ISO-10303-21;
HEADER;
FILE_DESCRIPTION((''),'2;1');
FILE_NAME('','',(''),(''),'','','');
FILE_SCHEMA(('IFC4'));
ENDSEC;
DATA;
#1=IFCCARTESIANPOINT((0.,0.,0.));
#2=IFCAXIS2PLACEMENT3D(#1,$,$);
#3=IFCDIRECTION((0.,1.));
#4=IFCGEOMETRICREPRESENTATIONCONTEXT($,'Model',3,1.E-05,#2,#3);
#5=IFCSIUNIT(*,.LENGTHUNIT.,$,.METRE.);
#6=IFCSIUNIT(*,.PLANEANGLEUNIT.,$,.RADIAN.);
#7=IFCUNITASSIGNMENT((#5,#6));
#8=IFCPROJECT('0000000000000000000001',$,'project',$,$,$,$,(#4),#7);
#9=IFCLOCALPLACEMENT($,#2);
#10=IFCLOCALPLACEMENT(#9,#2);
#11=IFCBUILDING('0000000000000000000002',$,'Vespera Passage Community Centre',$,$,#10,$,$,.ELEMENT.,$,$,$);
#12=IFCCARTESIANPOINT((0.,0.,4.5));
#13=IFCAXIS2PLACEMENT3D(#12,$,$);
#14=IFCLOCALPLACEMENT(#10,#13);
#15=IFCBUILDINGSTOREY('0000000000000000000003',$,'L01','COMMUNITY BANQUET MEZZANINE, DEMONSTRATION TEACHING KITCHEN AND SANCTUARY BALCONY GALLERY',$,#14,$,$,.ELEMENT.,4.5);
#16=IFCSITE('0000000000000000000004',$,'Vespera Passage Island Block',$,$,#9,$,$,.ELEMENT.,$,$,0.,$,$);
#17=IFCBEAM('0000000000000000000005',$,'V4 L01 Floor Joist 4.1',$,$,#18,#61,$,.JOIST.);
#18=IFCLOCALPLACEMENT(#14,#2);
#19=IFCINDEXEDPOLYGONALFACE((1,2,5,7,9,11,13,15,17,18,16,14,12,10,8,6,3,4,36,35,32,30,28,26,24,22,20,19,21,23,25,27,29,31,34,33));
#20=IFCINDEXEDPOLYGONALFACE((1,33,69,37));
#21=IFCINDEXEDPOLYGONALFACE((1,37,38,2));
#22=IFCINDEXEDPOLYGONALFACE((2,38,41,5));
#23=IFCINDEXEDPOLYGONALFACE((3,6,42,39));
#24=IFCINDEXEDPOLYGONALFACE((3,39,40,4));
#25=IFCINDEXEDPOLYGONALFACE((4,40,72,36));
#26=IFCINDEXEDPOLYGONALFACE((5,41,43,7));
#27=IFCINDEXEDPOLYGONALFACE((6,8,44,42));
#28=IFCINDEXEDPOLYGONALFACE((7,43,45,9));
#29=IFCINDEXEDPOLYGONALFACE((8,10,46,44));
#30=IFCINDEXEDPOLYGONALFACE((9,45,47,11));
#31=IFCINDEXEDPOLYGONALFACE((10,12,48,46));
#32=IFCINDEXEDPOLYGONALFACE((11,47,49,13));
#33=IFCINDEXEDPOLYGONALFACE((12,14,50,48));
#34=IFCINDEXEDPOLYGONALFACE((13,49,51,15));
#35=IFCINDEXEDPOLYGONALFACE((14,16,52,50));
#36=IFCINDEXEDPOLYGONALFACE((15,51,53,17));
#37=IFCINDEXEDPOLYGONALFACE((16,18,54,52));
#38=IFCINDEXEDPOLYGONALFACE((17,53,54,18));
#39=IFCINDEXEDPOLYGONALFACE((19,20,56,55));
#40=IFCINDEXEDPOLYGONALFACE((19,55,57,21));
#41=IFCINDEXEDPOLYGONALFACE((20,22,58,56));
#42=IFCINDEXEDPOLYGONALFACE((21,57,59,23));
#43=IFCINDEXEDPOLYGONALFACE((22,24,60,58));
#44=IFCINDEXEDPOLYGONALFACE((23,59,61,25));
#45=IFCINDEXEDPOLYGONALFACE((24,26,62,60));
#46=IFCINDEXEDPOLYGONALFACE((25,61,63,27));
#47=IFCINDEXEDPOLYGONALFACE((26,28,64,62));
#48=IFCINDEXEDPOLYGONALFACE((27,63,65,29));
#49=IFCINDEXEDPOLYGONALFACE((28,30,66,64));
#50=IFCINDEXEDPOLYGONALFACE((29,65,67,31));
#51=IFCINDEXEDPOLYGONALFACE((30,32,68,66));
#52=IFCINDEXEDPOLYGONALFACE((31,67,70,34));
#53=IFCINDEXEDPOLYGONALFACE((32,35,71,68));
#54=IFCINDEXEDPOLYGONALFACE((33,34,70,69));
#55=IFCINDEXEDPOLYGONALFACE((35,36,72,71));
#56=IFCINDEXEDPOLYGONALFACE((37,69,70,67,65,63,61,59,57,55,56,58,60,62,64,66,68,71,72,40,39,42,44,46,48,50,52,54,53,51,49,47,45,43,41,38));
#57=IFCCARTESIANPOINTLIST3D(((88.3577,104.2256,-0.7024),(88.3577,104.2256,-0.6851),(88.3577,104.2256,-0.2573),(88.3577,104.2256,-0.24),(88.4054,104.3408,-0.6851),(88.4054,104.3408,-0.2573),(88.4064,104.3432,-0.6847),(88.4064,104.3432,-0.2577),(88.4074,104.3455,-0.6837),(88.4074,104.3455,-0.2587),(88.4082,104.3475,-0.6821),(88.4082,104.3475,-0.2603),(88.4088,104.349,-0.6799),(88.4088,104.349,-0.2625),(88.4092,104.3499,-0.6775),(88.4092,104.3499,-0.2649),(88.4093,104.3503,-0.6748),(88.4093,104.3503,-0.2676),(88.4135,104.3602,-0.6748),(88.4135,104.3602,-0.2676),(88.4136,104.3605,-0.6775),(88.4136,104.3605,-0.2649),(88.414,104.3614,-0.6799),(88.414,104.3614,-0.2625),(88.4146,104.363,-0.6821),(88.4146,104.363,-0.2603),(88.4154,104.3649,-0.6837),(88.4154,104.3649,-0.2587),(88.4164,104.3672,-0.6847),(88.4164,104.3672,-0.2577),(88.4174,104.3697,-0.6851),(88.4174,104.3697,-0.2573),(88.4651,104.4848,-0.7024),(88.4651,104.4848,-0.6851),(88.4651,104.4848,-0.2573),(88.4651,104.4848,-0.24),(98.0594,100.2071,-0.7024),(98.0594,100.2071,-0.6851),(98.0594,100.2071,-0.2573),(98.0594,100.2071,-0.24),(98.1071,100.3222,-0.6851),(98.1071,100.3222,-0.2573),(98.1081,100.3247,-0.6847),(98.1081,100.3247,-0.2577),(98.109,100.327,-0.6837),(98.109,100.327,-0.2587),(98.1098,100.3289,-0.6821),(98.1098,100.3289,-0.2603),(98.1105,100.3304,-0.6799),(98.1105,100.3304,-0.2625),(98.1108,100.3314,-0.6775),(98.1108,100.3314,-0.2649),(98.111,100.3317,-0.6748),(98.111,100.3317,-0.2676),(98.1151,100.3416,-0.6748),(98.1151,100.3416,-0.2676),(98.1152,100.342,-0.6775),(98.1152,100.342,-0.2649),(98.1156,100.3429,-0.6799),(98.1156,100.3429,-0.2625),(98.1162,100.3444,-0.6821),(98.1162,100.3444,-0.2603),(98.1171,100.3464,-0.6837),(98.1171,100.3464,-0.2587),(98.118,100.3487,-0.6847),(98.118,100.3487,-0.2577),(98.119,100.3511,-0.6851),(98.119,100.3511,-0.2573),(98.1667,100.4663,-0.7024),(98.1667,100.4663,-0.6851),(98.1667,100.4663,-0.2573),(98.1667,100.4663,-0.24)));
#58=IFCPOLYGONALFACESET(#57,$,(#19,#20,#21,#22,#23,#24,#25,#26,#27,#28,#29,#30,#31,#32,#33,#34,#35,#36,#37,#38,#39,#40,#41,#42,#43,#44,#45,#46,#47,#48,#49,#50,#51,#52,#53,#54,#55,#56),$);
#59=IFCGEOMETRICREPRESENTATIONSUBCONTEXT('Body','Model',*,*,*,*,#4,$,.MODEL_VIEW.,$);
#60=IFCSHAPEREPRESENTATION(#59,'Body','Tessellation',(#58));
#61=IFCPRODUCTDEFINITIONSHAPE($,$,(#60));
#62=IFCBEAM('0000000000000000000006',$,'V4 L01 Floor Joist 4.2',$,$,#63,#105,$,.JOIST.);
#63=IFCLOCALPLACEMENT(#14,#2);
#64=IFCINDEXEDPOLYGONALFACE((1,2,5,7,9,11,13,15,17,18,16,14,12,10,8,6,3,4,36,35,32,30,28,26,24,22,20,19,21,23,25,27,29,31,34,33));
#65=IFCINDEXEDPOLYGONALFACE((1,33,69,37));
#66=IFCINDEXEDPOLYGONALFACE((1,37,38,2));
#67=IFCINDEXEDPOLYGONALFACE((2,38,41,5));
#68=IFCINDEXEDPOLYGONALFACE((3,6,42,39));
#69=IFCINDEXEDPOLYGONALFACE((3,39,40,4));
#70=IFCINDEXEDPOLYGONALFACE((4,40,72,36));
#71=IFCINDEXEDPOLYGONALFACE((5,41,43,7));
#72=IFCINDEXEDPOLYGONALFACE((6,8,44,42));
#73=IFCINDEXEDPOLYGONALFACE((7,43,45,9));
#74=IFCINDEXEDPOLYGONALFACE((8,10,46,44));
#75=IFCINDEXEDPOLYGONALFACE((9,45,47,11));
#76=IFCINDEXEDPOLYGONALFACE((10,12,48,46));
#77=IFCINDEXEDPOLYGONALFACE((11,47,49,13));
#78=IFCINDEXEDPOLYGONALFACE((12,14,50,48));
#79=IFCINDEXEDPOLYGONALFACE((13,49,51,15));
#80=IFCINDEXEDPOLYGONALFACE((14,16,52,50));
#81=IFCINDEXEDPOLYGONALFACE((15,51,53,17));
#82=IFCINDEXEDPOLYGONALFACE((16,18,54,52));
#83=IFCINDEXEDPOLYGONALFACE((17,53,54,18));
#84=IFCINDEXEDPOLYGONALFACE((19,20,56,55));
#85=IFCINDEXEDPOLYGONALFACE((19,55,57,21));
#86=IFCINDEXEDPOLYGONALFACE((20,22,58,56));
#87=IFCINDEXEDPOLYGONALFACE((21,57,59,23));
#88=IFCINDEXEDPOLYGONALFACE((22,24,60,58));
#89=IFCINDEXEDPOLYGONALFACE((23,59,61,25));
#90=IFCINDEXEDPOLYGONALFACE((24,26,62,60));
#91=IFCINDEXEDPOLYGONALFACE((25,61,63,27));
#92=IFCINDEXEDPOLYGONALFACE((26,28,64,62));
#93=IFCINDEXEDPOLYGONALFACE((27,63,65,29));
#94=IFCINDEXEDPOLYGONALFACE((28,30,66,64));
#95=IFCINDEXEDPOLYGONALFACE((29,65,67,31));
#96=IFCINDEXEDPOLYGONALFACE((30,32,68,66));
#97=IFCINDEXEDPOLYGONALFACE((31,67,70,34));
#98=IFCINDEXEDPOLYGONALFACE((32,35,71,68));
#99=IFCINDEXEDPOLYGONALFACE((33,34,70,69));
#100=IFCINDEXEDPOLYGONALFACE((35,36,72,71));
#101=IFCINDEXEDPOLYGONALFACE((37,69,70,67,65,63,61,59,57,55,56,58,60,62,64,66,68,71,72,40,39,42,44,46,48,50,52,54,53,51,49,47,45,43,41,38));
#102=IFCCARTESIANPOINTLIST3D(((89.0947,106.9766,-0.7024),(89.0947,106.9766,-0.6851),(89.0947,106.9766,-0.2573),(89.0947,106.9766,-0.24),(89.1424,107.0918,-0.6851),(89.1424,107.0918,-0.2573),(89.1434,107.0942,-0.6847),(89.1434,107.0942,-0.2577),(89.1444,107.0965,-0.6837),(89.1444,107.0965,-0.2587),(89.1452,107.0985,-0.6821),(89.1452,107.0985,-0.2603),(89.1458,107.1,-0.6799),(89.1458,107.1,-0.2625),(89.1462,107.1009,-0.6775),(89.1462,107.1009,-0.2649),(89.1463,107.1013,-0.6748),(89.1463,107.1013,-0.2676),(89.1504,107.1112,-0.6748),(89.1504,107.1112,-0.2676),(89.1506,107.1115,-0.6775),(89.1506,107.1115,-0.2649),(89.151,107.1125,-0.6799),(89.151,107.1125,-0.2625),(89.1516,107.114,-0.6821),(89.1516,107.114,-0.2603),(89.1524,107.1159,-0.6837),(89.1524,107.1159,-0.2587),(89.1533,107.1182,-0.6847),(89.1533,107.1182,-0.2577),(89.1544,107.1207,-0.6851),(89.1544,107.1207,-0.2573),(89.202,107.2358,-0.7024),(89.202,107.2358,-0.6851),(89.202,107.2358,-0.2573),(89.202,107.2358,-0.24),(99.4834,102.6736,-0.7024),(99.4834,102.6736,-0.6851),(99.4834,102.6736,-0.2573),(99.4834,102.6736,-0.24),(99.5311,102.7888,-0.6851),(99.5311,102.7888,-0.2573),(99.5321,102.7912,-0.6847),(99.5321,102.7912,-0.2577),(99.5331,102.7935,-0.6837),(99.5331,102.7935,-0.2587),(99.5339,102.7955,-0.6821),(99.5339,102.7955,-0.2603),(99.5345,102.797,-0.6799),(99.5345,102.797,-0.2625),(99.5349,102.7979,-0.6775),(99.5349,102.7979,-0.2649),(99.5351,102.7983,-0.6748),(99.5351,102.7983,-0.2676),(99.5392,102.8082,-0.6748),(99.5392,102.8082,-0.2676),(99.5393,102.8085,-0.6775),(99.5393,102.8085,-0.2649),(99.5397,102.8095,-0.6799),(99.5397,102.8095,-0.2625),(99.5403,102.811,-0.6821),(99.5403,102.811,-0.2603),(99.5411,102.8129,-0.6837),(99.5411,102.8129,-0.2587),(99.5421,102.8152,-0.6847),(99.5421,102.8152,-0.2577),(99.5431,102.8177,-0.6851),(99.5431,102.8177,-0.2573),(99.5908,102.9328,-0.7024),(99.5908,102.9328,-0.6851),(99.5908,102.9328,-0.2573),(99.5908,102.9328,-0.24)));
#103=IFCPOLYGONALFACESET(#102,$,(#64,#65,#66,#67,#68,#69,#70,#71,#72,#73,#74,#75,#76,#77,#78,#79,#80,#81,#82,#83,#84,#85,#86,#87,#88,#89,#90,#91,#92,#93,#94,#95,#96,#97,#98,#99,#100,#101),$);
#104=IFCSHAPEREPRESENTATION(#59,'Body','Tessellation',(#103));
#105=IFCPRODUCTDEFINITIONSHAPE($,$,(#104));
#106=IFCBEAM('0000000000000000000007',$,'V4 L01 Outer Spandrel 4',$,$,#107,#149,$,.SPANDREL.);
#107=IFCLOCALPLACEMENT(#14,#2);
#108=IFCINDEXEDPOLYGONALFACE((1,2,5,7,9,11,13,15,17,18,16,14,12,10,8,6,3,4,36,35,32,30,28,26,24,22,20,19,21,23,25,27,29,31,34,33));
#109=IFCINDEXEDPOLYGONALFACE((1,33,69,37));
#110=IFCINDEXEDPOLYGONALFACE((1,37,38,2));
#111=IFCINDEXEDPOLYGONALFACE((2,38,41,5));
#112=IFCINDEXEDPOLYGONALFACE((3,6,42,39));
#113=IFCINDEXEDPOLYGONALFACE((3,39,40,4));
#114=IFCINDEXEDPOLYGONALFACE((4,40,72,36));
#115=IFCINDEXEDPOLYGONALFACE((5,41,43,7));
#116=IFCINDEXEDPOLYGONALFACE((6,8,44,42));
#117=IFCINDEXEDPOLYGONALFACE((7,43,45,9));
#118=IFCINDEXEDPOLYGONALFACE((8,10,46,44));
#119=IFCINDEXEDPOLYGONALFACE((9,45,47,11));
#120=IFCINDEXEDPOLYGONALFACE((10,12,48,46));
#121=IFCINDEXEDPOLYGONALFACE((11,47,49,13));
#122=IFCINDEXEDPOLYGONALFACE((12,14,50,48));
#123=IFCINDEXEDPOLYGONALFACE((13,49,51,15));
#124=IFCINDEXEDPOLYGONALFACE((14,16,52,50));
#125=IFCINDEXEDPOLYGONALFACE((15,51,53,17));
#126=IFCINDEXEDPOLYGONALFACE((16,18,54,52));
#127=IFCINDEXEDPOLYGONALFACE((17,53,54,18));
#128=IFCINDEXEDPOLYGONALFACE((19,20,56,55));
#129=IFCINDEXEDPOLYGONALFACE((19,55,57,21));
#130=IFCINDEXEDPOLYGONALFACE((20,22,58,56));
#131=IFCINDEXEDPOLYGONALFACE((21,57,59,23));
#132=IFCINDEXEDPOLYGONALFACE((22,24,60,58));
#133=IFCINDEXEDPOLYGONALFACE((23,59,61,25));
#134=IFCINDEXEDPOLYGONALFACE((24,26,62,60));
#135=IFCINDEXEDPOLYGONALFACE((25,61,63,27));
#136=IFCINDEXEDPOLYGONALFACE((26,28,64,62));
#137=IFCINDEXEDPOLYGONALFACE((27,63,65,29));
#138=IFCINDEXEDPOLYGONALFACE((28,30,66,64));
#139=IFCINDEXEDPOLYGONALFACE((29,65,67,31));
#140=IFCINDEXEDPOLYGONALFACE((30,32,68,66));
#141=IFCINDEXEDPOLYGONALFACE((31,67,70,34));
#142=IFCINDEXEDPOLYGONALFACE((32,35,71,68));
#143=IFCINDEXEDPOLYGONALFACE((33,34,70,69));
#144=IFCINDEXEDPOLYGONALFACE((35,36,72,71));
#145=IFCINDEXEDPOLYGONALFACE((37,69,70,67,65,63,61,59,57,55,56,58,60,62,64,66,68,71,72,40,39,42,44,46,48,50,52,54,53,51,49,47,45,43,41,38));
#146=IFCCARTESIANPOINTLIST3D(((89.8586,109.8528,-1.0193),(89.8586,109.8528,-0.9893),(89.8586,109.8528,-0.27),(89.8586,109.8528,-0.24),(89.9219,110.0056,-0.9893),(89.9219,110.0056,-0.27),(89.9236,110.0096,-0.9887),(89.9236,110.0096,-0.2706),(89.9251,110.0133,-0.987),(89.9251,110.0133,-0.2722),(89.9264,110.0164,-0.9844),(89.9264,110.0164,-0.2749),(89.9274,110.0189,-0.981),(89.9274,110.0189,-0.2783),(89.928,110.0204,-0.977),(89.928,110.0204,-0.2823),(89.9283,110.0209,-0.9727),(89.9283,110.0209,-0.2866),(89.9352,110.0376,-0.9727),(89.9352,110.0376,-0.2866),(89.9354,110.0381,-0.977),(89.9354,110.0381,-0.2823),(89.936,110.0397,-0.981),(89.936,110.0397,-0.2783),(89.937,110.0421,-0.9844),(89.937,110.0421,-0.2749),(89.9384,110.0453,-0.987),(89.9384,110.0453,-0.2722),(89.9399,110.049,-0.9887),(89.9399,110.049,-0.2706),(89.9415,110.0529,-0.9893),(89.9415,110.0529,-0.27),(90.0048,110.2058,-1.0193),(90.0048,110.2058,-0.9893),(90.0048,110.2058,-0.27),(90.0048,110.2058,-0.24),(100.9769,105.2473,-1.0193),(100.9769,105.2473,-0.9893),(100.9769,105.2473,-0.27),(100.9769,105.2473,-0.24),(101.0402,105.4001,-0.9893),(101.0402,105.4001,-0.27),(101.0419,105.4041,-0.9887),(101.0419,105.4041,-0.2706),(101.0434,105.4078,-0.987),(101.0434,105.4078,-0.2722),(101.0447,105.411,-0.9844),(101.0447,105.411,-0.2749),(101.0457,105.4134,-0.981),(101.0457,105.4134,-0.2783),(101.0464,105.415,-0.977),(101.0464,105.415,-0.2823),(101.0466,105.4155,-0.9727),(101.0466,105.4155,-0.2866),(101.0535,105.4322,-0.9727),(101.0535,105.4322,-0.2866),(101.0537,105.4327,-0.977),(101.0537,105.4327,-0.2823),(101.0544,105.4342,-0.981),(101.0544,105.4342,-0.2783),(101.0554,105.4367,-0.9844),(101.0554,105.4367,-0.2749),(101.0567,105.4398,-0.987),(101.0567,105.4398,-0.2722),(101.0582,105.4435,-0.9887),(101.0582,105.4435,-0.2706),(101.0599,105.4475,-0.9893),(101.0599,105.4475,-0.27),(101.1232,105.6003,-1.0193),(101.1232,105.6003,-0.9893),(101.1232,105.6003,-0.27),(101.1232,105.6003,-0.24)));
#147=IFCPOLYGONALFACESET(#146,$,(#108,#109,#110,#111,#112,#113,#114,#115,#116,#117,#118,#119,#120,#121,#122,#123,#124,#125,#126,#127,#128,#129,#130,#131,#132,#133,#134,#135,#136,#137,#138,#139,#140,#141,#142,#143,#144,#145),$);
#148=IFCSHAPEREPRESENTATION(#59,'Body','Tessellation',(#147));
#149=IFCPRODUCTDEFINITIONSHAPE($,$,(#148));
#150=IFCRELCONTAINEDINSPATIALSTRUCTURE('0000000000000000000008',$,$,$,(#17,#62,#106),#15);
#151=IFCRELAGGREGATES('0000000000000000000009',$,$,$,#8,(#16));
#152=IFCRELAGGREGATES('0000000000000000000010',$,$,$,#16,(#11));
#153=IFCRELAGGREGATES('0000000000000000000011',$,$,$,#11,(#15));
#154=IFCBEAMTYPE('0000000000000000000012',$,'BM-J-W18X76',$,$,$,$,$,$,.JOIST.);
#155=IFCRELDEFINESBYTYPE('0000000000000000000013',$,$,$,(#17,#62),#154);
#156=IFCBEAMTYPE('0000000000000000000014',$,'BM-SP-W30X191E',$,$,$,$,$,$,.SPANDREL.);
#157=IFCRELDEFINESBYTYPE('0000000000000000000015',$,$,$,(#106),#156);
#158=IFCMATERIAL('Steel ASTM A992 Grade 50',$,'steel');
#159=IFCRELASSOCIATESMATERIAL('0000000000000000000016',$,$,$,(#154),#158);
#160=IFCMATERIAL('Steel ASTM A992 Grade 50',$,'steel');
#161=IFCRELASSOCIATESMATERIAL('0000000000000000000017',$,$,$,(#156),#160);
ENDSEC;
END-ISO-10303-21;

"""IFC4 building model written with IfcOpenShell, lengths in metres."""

from ifc_helpers import new_model, si_unit, direction, frame, origin, origin_2d, place, context, subcontext, project, spatial, i_section, extrude, material, material_profile, profile_set, type_object, element, save


model = new_model("IFC4")

# Units and contexts
model_context = context("Model", 3, precision=1e-05, world=origin(), true_north=direction((0.0, 1.0)))
body_context = subcontext(model_context, "Body", "Model", "MODEL_VIEW")
ifc_project = project(units=[si_unit("LENGTHUNIT", "METRE"), si_unit("PLANEANGLEUNIT", "RADIAN")], contexts=[model_context])

# Site, building, storey
site_placement = place(None, origin())
site = spatial("IfcSite", under=ifc_project, at=site_placement, Name="Vespera Passage Island Block", CompositionType="ELEMENT", RefElevation=0.0)
building_placement = place(site_placement, origin())
building = spatial("IfcBuilding", under=site, at=building_placement, Name="Vespera Passage Community Centre", CompositionType="ELEMENT")
storey_placement = place(building_placement, frame((0.0, 0.0, 4.5)))
storey = spatial("IfcBuildingStorey", under=building, at=storey_placement, Name="L01", Description="COMMUNITY BANQUET MEZZANINE, DEMONSTRATION TEACHING KITCHEN AND SANCTUARY BALCONY GALLERY", CompositionType="ELEMENT", Elevation=4.5)

# Beams
ifc_material_1 = material(Name="Steel ASTM A992 Grade 50", Category="steel")
ifc_material_profile_1 = material_profile(ifc_material_1, i_section(OverallWidth=0.2805, OverallDepth=0.4624, WebThickness=0.0107, FlangeThickness=0.0173, FilletRadius=0.0103, at=origin_2d()), Name="W18X76")
ifc_profile_set_1 = profile_set([ifc_material_profile_1], Name="Steel ASTM A992 Grade 50")
beam_type_1 = type_object("IfcBeamType", Name="BM-J-W18X76", PredefinedType="JOIST", material=ifc_profile_set_1)
beam_1_placement = place(storey_placement, frame((98.113, 100.3367, -0.4712), z_axis=(-0.92388, 0.382683, 0.0), x_axis=(-0.382683, -0.92388, 0.0)))
element("IfcBeam", 1, at=beam_1_placement, inside=storey, type_object=beam_type_1, Name="V4 L01 Floor Joist 4.1", PredefinedType="JOIST", context=body_context, shape_type="SweptSolid", body=[
    extrude(i_section(OverallWidth=0.2805, OverallDepth=0.4624, WebThickness=0.0107, FlangeThickness=0.0173, FilletRadius=0.0103, at=origin_2d()), origin(), (0.0, 0.0, 1.0), 10.501),
])
beam_2_placement = place(storey_placement, frame((99.5371, 102.8032, -0.4712), z_axis=(-0.923884, 0.382672, 0.0), x_axis=(-0.382672, -0.923884, 0.0)))
element("IfcBeam", 2, at=beam_2_placement, inside=storey, type_object=beam_type_1, Name="V4 L01 Floor Joist 4.2", PredefinedType="JOIST", context=body_context, shape_type="SweptSolid", body=[
    extrude(i_section(OverallWidth=0.2805, OverallDepth=0.4624, WebThickness=0.0107, FlangeThickness=0.0173, FilletRadius=0.0103, at=origin_2d()), origin(), (0.0, 0.0, 1.0), 11.2446),
])
ifc_material_2 = material(Name="Steel ASTM A992 Grade 50", Category="steel")
ifc_material_profile_2 = material_profile(ifc_material_2, i_section(OverallWidth=0.3821, OverallDepth=0.7793, WebThickness=0.0181, FlangeThickness=0.03, FilletRadius=0.0166, at=origin_2d()), Name="W30X191")
ifc_profile_set_2 = profile_set([ifc_material_profile_2], Name="Steel ASTM A992 Grade 50")
beam_type_2 = type_object("IfcBeamType", Name="BM-SP-W30X191E", PredefinedType="SPANDREL", material=ifc_profile_set_2)
beam_3_placement = place(storey_placement, frame((101.05, 105.4238, -0.6296), z_axis=(-0.923877, 0.382689, 0.0), x_axis=(-0.382689, -0.923877, 0.0)))
element("IfcBeam", 3, at=beam_3_placement, inside=storey, type_object=beam_type_2, Name="V4 L01 Outer Spandrel 4", PredefinedType="SPANDREL", context=body_context, shape_type="SweptSolid", body=[
    extrude(i_section(OverallWidth=0.3821, OverallDepth=0.7793, WebThickness=0.0181, FlangeThickness=0.03, FilletRadius=0.0166, at=origin_2d()), origin(), (0.0, 0.0, 1.0), 12.0344),
])

save(model, "model.ifc")
